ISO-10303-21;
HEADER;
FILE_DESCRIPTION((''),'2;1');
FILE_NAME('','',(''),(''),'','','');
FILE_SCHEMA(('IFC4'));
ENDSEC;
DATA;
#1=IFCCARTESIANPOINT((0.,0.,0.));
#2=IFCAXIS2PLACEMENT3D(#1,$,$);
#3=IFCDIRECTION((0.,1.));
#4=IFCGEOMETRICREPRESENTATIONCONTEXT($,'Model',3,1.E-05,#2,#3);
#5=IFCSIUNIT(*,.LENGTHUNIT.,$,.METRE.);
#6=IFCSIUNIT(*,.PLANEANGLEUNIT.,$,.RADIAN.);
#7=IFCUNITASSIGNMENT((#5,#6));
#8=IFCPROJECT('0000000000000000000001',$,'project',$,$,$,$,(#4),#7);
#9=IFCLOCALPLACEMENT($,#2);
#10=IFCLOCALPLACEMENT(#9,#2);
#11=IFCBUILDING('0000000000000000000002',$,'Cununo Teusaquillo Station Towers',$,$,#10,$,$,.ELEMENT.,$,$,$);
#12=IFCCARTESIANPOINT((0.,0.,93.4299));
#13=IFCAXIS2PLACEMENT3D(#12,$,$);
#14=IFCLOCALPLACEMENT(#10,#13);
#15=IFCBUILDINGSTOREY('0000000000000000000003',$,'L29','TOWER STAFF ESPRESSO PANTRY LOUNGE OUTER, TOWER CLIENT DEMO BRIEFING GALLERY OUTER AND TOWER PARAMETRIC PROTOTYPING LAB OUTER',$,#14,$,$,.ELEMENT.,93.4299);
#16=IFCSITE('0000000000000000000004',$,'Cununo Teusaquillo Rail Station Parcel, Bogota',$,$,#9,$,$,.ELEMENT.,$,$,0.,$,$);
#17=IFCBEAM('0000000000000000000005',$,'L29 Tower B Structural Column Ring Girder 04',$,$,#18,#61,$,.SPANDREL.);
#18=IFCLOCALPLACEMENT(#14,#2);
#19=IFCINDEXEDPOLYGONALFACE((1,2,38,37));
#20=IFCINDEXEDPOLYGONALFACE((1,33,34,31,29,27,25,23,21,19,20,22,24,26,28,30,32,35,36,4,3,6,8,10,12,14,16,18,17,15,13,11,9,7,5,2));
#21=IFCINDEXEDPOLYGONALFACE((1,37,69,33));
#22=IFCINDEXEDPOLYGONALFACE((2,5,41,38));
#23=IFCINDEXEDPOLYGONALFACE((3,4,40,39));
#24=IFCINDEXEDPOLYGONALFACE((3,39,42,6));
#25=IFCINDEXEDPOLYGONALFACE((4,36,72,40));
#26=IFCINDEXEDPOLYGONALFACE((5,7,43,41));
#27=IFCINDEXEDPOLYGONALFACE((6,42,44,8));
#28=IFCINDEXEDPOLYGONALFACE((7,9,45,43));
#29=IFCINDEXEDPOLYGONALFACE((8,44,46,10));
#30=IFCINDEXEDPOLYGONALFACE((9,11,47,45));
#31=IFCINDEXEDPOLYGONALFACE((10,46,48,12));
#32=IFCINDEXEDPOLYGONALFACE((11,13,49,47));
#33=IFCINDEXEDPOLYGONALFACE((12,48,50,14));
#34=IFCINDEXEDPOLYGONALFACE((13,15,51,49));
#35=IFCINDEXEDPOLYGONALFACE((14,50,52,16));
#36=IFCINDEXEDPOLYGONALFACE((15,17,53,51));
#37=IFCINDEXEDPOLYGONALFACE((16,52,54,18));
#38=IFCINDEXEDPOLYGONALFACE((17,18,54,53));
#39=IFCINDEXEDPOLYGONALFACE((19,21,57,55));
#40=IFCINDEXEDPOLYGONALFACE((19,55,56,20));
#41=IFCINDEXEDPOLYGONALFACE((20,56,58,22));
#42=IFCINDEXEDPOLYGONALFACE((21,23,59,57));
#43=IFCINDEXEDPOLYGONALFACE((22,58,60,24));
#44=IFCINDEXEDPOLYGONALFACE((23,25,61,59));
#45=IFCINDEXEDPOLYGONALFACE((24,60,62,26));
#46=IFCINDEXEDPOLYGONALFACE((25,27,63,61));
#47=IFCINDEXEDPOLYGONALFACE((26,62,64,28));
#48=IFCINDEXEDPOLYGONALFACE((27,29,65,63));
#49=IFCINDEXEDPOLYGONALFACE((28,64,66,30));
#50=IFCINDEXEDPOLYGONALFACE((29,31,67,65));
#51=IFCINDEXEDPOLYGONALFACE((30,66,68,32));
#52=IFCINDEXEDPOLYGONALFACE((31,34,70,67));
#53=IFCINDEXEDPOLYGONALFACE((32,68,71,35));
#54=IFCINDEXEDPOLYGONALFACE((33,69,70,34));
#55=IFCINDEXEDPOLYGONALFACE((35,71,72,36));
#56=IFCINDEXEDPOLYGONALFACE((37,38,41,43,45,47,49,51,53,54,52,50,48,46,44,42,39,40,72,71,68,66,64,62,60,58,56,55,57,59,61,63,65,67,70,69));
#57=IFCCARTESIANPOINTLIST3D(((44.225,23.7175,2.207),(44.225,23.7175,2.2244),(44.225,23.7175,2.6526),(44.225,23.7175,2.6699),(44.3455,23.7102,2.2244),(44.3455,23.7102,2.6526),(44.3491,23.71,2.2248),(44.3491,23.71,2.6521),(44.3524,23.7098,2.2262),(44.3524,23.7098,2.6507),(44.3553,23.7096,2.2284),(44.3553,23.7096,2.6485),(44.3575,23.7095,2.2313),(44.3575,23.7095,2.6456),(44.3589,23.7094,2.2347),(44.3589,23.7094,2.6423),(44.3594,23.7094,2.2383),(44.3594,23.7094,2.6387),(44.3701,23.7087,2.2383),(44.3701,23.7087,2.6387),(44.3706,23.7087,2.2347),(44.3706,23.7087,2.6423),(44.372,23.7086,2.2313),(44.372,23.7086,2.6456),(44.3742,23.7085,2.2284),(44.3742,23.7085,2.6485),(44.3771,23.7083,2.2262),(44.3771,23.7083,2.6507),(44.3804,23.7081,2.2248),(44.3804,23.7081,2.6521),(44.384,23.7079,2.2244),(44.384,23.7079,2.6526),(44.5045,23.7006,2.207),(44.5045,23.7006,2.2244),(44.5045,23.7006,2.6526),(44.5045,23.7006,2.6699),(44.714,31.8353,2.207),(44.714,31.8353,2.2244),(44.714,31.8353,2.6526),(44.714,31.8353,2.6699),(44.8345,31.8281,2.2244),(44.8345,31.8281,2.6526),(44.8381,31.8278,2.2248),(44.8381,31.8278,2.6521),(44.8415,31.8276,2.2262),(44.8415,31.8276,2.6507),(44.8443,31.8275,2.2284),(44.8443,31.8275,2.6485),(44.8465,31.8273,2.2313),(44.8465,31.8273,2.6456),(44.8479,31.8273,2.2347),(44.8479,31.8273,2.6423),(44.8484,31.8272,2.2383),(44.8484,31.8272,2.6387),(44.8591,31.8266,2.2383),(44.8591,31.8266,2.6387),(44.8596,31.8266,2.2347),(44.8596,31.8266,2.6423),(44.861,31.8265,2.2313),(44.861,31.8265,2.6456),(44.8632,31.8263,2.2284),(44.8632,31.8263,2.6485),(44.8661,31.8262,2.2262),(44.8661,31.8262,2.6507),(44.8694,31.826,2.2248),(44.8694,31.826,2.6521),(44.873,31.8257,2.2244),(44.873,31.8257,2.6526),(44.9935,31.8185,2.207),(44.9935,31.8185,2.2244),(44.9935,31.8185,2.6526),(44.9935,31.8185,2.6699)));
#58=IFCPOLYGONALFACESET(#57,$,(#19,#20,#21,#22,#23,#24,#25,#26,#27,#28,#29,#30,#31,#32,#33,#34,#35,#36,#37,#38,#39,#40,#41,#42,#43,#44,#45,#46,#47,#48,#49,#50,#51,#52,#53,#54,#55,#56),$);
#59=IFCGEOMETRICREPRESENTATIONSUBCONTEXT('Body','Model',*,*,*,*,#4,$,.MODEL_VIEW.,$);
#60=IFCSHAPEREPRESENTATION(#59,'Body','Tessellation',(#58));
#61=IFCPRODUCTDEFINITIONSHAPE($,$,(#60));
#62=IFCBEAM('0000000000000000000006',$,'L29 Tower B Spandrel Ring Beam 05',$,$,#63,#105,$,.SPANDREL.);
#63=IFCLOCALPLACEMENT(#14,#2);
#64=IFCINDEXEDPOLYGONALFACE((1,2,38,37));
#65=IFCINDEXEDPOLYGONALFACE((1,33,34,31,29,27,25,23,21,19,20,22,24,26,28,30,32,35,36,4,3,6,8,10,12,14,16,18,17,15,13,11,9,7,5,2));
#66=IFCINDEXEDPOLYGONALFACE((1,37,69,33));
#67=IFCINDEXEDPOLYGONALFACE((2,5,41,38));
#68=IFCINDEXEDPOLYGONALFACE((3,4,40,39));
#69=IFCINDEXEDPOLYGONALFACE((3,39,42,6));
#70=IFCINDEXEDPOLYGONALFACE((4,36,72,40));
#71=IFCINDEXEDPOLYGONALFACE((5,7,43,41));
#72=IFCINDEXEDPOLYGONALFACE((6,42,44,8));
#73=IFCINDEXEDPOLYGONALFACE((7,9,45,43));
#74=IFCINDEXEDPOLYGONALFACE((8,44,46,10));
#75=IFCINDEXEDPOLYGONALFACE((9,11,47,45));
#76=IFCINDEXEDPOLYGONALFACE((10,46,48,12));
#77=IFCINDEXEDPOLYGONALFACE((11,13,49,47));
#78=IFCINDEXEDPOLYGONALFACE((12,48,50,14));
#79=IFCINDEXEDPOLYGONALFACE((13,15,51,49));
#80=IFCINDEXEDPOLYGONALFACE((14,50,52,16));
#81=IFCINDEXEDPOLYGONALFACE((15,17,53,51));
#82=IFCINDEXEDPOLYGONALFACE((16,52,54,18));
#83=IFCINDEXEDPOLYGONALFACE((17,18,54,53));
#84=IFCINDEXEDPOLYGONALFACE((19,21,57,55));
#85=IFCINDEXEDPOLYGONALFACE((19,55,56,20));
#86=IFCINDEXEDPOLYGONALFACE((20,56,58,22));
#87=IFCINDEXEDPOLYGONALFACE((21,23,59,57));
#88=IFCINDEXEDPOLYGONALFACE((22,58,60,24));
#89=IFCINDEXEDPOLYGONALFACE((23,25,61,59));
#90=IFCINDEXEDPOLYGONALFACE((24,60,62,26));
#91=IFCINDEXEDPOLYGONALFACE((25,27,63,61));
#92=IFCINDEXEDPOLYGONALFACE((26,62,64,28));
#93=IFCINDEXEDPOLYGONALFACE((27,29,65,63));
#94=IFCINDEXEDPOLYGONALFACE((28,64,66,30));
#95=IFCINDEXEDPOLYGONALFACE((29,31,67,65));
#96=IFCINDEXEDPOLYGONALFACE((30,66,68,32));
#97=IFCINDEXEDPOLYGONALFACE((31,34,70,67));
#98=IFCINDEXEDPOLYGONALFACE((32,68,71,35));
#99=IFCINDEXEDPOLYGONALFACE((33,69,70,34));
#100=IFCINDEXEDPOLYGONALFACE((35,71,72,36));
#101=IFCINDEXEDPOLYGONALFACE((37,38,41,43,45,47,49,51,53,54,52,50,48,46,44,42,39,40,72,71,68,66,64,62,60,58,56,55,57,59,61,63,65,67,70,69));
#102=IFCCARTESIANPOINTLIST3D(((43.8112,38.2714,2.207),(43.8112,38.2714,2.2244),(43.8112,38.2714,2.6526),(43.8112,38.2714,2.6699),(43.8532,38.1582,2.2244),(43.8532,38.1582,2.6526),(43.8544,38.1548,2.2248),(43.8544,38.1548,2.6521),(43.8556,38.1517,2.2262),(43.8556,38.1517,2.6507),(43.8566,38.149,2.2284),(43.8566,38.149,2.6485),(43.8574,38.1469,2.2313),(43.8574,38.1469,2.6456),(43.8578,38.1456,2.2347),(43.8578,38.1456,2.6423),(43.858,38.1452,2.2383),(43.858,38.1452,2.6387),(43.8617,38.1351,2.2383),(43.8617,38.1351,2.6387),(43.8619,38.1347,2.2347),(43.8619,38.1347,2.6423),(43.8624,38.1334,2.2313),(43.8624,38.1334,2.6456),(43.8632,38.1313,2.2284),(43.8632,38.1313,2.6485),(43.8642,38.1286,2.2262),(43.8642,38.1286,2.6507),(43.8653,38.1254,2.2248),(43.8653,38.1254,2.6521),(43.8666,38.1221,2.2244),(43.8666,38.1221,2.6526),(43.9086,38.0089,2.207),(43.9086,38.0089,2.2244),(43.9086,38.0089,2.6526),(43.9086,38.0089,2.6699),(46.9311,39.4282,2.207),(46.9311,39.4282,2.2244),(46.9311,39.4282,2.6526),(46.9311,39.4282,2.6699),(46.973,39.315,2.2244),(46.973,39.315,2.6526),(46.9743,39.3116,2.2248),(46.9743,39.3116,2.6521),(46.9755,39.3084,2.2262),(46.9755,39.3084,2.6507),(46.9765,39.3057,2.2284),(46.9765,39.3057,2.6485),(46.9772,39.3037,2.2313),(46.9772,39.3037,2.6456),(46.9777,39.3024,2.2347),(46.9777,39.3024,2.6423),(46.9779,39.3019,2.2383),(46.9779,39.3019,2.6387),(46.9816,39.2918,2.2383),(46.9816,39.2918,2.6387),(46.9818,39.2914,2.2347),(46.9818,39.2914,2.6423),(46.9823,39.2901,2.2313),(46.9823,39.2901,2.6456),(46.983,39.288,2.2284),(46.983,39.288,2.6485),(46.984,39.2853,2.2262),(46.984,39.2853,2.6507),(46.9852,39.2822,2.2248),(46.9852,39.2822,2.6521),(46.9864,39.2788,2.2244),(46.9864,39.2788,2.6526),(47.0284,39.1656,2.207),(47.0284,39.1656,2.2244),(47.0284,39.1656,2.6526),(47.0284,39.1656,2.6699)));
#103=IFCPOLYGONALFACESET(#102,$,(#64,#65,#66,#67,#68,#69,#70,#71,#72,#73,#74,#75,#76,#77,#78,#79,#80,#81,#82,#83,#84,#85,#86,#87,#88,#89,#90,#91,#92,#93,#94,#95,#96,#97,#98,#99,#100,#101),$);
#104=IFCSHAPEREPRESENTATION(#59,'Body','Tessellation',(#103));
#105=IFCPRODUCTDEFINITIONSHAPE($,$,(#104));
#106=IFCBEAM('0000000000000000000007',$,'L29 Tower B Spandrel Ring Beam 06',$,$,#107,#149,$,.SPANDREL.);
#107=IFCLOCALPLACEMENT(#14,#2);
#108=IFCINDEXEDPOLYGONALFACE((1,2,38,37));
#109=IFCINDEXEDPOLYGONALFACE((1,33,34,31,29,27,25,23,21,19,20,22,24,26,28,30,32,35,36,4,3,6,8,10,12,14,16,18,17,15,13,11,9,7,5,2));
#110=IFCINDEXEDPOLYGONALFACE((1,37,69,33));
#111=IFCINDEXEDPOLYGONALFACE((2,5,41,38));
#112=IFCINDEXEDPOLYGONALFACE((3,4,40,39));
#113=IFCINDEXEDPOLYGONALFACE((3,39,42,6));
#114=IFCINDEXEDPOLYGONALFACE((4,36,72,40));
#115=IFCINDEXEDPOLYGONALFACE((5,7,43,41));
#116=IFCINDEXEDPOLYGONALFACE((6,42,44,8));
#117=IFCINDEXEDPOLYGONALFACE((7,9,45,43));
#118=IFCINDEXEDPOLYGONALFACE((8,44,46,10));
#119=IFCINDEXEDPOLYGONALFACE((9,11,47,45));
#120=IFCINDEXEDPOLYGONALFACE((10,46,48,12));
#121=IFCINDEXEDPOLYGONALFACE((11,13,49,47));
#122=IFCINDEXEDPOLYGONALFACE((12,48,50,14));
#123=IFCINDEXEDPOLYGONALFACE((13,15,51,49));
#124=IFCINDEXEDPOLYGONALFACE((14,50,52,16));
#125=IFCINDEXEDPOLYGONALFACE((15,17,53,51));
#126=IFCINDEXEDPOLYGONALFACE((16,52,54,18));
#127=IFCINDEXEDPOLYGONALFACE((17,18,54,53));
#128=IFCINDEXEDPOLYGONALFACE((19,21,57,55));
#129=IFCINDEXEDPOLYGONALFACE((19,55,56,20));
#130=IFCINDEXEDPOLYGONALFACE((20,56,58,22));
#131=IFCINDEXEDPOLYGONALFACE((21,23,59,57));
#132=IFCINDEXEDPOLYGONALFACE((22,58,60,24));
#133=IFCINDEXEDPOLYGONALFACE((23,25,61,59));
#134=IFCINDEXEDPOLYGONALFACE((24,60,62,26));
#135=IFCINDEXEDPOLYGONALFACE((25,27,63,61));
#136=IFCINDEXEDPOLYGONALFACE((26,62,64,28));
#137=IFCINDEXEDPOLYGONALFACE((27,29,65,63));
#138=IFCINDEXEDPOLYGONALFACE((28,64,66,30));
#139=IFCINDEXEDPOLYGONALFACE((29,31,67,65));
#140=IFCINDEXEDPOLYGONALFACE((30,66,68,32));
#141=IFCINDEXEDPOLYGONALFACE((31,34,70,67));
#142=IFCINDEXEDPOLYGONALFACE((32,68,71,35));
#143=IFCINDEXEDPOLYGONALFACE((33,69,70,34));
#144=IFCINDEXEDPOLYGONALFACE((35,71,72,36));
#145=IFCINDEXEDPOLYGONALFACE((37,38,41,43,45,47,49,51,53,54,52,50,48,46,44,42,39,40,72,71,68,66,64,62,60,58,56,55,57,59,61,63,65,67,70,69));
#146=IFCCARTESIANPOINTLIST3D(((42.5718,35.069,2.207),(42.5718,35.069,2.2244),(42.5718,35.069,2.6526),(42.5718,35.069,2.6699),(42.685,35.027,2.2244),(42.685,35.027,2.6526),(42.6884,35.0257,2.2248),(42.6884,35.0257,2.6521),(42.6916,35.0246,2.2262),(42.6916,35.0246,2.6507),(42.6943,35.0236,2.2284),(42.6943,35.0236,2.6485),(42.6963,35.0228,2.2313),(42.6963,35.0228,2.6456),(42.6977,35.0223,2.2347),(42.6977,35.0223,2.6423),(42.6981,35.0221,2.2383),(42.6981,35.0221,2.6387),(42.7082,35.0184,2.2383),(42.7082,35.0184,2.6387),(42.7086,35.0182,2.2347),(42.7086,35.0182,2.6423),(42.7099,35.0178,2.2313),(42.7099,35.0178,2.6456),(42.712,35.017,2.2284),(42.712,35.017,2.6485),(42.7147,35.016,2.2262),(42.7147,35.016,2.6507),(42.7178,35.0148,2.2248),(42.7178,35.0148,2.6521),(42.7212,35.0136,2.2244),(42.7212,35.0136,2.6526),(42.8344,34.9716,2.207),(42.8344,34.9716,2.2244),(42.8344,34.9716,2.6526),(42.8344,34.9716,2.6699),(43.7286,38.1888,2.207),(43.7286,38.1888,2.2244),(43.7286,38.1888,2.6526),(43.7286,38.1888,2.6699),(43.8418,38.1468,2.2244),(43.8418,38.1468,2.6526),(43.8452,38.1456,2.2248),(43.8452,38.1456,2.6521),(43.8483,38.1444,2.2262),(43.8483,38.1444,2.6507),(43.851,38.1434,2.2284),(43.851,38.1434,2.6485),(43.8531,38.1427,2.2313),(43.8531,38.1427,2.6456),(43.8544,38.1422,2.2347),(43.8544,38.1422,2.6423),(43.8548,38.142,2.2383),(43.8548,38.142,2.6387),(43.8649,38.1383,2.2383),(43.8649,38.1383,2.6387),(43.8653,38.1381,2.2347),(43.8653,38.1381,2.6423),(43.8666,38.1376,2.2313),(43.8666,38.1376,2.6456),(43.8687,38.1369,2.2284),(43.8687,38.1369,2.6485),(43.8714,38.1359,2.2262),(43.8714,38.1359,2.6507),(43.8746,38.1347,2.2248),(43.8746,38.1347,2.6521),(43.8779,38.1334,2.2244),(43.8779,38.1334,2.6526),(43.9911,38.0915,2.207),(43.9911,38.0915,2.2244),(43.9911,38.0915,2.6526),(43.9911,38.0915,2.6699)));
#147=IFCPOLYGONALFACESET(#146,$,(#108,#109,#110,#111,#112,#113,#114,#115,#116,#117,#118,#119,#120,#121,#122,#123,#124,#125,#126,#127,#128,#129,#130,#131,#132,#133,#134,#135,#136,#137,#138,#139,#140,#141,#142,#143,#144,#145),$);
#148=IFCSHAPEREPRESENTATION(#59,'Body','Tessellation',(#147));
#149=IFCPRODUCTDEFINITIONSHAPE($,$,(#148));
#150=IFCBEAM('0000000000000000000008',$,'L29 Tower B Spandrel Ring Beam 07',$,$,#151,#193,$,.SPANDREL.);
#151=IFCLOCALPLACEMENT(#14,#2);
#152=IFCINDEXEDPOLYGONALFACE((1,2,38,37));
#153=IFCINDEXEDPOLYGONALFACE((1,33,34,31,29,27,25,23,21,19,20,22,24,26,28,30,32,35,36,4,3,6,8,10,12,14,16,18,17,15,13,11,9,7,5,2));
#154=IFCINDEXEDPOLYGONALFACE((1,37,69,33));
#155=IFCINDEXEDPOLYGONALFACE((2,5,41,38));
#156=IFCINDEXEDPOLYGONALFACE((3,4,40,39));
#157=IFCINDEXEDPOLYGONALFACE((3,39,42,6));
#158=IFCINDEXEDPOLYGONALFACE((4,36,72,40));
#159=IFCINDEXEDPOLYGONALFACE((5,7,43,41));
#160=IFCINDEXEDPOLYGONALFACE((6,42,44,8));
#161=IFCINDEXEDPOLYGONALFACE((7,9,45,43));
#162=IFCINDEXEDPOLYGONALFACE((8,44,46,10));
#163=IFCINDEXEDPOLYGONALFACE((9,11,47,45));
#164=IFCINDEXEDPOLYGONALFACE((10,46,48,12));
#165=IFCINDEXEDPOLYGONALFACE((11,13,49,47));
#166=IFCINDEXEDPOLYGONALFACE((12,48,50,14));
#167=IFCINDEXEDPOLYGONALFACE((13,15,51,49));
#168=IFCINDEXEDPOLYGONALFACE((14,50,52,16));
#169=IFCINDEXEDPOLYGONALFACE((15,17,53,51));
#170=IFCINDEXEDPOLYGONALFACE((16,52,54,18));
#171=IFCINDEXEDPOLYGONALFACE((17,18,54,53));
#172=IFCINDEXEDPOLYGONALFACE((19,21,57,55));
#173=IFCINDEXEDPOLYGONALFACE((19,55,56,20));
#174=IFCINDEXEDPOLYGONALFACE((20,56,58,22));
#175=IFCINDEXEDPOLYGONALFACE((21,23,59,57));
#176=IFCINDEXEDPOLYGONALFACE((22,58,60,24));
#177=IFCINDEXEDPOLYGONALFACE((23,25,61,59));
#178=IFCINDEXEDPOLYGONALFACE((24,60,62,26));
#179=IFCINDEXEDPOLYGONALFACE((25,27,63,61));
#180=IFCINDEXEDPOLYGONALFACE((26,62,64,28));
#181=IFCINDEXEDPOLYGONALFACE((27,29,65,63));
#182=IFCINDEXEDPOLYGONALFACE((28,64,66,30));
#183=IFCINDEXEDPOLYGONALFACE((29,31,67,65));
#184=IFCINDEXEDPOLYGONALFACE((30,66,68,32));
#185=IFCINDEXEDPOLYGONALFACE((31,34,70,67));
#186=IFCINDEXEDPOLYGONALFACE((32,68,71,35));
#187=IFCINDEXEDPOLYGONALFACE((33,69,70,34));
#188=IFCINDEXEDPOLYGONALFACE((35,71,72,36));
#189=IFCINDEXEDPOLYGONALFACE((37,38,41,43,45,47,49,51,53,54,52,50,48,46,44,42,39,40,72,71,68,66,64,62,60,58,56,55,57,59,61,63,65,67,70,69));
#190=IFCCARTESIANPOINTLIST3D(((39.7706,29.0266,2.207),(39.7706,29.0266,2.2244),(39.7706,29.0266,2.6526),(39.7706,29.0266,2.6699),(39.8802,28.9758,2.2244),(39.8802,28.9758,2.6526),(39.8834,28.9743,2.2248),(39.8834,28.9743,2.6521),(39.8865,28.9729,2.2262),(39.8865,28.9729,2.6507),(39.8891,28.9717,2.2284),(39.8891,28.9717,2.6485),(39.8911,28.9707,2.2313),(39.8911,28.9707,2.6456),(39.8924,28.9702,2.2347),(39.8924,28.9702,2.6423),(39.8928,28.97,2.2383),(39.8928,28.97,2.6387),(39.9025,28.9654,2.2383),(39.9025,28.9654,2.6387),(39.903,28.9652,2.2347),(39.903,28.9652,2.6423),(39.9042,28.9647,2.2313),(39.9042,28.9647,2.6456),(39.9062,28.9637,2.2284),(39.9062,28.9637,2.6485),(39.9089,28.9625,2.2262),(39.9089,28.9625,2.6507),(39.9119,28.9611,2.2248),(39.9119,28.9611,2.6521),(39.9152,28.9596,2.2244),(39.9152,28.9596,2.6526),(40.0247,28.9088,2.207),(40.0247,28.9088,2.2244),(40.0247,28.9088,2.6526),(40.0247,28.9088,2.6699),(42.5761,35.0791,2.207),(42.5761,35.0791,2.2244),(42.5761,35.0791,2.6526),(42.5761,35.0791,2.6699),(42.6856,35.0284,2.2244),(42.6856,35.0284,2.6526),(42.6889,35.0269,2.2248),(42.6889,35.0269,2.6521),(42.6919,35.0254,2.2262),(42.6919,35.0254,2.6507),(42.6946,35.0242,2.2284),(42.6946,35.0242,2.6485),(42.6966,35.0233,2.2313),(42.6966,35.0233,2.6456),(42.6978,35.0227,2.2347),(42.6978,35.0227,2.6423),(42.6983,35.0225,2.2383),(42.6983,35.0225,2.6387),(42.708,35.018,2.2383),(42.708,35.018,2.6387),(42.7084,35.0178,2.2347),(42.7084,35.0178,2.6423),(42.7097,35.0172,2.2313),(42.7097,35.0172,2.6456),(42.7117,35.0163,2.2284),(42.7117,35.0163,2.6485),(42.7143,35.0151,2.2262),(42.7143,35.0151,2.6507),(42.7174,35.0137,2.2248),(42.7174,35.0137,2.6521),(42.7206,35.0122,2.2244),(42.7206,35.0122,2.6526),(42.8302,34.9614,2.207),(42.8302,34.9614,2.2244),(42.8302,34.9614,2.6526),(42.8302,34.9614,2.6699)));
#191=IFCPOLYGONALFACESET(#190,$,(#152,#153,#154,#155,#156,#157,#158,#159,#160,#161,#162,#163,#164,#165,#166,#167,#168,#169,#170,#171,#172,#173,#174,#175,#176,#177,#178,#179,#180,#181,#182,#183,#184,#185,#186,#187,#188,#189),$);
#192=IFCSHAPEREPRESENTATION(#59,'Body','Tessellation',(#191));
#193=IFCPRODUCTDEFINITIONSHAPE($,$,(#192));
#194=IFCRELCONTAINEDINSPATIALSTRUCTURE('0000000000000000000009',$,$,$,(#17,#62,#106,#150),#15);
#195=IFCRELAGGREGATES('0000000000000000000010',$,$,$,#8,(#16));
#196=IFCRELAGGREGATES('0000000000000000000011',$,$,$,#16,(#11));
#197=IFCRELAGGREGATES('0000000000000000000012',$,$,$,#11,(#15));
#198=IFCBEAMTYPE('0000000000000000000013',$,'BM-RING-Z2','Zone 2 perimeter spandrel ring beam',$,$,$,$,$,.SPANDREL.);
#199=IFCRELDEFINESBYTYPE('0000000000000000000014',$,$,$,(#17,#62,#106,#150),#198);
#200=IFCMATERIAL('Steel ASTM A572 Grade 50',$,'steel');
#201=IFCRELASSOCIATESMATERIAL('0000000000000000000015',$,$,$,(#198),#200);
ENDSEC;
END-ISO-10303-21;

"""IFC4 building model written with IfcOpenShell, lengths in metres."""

from ifc_helpers import new_model, si_unit, direction, frame, origin, origin_2d, place, context, subcontext, project, spatial, i_section, extrude, material, material_profile, profile_set, type_object, element, save


model = new_model("IFC4")

# Units and contexts
model_context = context("Model", 3, precision=1e-05, world=origin(), true_north=direction((0.0, 1.0)))
body_context = subcontext(model_context, "Body", "Model", "MODEL_VIEW")
ifc_project = project(units=[si_unit("LENGTHUNIT", "METRE"), si_unit("PLANEANGLEUNIT", "RADIAN")], contexts=[model_context])

# Site, building, storey
site_placement = place(None, origin())
site = spatial("IfcSite", under=ifc_project, at=site_placement, Name="Cununo Teusaquillo Rail Station Parcel, Bogota", CompositionType="ELEMENT", RefElevation=0.0)
building_placement = place(site_placement, origin())
building = spatial("IfcBuilding", under=site, at=building_placement, Name="Cununo Teusaquillo Station Towers", CompositionType="ELEMENT")
storey_placement = place(building_placement, frame((0.0, 0.0, 93.4299)))
storey = spatial("IfcBuildingStorey", under=building, at=storey_placement, Name="L29", Description="TOWER STAFF ESPRESSO PANTRY LOUNGE OUTER, TOWER CLIENT DEMO BRIEFING GALLERY OUTER AND TOWER PARAMETRIC PROTOTYPING LAB OUTER", CompositionType="ELEMENT", Elevation=93.4299)

# Beams
ifc_material_1 = material(Name="Steel ASTM A572 Grade 50", Category="steel")
ifc_material_profile_1 = material_profile(ifc_material_1, i_section(OverallWidth=0.28, OverallDepth=0.4629, WebThickness=0.0107, FlangeThickness=0.0173, FilletRadius=0.0139, at=origin_2d()), Name="W18X76")
ifc_profile_set_1 = profile_set([ifc_material_profile_1], Name="Steel ASTM A572 Grade 50")
beam_type_1 = type_object("IfcBeamType", Name="BM-RING-Z2", Description="Zone 2 perimeter spandrel ring beam", PredefinedType="SPANDREL", material=ifc_profile_set_1)
beam_1_placement = place(storey_placement, frame((44.8538, 31.8269, 2.4385), z_axis=(-0.06013, -0.998191, 0.0), x_axis=(0.998191, -0.06013, 0.0)))
element("IfcBeam", 1, at=beam_1_placement, inside=storey, type_object=beam_type_1, Name="L29 Tower B Structural Column Ring Girder 04", PredefinedType="SPANDREL", context=body_context, shape_type="SweptSolid", body=[
    extrude(i_section(OverallWidth=0.28, OverallDepth=0.4629, WebThickness=0.0107, FlangeThickness=0.0173, FilletRadius=0.0139, at=origin_2d()), origin(), (0.0, 0.0, 1.0), 8.1326),
])
for number, where, z_axis, x_axis, name in (
    (2, (46.9797, 39.2969, 2.4385), (-0.937628, -0.347639, 0.0), (0.347639, -0.937628, 0.0), "L29 Tower B Spandrel Ring Beam 05"),
    (3, (43.8599, 38.1401, 2.4385), (-0.347639, -0.937628, 0.0), (0.937628, -0.347639, 0.0), "L29 Tower B Spandrel Ring Beam 06"),
):
    element("IfcBeam", number, at=place(storey_placement, frame(where, z_axis=z_axis, x_axis=x_axis)), inside=storey, type_object=beam_type_1, Name=name, PredefinedType="SPANDREL", context=body_context, shape_type="SweptSolid", body=[
        extrude(i_section(OverallWidth=0.28, OverallDepth=0.4629, WebThickness=0.0107, FlangeThickness=0.0173, FilletRadius=0.0139, at=origin_2d()), origin(), (0.0, 0.0, 1.0), 3.3274),
    ])
beam_2_placement = place(storey_placement, frame((42.7031, 35.0203, 2.4385), z_axis=(-0.420536, -0.907276, 0.0), x_axis=(0.907276, -0.420536, 0.0)))
element("IfcBeam", 4, at=beam_2_placement, inside=storey, type_object=beam_type_1, Name="L29 Tower B Spandrel Ring Beam 07", PredefinedType="SPANDREL", context=body_context, shape_type="SweptSolid", body=[
    extrude(i_section(OverallWidth=0.28, OverallDepth=0.4629, WebThickness=0.0107, FlangeThickness=0.0173, FilletRadius=0.0139, at=origin_2d()), origin(), (0.0, 0.0, 1.0), 6.6711),
])

save(model, "model.ifc")
